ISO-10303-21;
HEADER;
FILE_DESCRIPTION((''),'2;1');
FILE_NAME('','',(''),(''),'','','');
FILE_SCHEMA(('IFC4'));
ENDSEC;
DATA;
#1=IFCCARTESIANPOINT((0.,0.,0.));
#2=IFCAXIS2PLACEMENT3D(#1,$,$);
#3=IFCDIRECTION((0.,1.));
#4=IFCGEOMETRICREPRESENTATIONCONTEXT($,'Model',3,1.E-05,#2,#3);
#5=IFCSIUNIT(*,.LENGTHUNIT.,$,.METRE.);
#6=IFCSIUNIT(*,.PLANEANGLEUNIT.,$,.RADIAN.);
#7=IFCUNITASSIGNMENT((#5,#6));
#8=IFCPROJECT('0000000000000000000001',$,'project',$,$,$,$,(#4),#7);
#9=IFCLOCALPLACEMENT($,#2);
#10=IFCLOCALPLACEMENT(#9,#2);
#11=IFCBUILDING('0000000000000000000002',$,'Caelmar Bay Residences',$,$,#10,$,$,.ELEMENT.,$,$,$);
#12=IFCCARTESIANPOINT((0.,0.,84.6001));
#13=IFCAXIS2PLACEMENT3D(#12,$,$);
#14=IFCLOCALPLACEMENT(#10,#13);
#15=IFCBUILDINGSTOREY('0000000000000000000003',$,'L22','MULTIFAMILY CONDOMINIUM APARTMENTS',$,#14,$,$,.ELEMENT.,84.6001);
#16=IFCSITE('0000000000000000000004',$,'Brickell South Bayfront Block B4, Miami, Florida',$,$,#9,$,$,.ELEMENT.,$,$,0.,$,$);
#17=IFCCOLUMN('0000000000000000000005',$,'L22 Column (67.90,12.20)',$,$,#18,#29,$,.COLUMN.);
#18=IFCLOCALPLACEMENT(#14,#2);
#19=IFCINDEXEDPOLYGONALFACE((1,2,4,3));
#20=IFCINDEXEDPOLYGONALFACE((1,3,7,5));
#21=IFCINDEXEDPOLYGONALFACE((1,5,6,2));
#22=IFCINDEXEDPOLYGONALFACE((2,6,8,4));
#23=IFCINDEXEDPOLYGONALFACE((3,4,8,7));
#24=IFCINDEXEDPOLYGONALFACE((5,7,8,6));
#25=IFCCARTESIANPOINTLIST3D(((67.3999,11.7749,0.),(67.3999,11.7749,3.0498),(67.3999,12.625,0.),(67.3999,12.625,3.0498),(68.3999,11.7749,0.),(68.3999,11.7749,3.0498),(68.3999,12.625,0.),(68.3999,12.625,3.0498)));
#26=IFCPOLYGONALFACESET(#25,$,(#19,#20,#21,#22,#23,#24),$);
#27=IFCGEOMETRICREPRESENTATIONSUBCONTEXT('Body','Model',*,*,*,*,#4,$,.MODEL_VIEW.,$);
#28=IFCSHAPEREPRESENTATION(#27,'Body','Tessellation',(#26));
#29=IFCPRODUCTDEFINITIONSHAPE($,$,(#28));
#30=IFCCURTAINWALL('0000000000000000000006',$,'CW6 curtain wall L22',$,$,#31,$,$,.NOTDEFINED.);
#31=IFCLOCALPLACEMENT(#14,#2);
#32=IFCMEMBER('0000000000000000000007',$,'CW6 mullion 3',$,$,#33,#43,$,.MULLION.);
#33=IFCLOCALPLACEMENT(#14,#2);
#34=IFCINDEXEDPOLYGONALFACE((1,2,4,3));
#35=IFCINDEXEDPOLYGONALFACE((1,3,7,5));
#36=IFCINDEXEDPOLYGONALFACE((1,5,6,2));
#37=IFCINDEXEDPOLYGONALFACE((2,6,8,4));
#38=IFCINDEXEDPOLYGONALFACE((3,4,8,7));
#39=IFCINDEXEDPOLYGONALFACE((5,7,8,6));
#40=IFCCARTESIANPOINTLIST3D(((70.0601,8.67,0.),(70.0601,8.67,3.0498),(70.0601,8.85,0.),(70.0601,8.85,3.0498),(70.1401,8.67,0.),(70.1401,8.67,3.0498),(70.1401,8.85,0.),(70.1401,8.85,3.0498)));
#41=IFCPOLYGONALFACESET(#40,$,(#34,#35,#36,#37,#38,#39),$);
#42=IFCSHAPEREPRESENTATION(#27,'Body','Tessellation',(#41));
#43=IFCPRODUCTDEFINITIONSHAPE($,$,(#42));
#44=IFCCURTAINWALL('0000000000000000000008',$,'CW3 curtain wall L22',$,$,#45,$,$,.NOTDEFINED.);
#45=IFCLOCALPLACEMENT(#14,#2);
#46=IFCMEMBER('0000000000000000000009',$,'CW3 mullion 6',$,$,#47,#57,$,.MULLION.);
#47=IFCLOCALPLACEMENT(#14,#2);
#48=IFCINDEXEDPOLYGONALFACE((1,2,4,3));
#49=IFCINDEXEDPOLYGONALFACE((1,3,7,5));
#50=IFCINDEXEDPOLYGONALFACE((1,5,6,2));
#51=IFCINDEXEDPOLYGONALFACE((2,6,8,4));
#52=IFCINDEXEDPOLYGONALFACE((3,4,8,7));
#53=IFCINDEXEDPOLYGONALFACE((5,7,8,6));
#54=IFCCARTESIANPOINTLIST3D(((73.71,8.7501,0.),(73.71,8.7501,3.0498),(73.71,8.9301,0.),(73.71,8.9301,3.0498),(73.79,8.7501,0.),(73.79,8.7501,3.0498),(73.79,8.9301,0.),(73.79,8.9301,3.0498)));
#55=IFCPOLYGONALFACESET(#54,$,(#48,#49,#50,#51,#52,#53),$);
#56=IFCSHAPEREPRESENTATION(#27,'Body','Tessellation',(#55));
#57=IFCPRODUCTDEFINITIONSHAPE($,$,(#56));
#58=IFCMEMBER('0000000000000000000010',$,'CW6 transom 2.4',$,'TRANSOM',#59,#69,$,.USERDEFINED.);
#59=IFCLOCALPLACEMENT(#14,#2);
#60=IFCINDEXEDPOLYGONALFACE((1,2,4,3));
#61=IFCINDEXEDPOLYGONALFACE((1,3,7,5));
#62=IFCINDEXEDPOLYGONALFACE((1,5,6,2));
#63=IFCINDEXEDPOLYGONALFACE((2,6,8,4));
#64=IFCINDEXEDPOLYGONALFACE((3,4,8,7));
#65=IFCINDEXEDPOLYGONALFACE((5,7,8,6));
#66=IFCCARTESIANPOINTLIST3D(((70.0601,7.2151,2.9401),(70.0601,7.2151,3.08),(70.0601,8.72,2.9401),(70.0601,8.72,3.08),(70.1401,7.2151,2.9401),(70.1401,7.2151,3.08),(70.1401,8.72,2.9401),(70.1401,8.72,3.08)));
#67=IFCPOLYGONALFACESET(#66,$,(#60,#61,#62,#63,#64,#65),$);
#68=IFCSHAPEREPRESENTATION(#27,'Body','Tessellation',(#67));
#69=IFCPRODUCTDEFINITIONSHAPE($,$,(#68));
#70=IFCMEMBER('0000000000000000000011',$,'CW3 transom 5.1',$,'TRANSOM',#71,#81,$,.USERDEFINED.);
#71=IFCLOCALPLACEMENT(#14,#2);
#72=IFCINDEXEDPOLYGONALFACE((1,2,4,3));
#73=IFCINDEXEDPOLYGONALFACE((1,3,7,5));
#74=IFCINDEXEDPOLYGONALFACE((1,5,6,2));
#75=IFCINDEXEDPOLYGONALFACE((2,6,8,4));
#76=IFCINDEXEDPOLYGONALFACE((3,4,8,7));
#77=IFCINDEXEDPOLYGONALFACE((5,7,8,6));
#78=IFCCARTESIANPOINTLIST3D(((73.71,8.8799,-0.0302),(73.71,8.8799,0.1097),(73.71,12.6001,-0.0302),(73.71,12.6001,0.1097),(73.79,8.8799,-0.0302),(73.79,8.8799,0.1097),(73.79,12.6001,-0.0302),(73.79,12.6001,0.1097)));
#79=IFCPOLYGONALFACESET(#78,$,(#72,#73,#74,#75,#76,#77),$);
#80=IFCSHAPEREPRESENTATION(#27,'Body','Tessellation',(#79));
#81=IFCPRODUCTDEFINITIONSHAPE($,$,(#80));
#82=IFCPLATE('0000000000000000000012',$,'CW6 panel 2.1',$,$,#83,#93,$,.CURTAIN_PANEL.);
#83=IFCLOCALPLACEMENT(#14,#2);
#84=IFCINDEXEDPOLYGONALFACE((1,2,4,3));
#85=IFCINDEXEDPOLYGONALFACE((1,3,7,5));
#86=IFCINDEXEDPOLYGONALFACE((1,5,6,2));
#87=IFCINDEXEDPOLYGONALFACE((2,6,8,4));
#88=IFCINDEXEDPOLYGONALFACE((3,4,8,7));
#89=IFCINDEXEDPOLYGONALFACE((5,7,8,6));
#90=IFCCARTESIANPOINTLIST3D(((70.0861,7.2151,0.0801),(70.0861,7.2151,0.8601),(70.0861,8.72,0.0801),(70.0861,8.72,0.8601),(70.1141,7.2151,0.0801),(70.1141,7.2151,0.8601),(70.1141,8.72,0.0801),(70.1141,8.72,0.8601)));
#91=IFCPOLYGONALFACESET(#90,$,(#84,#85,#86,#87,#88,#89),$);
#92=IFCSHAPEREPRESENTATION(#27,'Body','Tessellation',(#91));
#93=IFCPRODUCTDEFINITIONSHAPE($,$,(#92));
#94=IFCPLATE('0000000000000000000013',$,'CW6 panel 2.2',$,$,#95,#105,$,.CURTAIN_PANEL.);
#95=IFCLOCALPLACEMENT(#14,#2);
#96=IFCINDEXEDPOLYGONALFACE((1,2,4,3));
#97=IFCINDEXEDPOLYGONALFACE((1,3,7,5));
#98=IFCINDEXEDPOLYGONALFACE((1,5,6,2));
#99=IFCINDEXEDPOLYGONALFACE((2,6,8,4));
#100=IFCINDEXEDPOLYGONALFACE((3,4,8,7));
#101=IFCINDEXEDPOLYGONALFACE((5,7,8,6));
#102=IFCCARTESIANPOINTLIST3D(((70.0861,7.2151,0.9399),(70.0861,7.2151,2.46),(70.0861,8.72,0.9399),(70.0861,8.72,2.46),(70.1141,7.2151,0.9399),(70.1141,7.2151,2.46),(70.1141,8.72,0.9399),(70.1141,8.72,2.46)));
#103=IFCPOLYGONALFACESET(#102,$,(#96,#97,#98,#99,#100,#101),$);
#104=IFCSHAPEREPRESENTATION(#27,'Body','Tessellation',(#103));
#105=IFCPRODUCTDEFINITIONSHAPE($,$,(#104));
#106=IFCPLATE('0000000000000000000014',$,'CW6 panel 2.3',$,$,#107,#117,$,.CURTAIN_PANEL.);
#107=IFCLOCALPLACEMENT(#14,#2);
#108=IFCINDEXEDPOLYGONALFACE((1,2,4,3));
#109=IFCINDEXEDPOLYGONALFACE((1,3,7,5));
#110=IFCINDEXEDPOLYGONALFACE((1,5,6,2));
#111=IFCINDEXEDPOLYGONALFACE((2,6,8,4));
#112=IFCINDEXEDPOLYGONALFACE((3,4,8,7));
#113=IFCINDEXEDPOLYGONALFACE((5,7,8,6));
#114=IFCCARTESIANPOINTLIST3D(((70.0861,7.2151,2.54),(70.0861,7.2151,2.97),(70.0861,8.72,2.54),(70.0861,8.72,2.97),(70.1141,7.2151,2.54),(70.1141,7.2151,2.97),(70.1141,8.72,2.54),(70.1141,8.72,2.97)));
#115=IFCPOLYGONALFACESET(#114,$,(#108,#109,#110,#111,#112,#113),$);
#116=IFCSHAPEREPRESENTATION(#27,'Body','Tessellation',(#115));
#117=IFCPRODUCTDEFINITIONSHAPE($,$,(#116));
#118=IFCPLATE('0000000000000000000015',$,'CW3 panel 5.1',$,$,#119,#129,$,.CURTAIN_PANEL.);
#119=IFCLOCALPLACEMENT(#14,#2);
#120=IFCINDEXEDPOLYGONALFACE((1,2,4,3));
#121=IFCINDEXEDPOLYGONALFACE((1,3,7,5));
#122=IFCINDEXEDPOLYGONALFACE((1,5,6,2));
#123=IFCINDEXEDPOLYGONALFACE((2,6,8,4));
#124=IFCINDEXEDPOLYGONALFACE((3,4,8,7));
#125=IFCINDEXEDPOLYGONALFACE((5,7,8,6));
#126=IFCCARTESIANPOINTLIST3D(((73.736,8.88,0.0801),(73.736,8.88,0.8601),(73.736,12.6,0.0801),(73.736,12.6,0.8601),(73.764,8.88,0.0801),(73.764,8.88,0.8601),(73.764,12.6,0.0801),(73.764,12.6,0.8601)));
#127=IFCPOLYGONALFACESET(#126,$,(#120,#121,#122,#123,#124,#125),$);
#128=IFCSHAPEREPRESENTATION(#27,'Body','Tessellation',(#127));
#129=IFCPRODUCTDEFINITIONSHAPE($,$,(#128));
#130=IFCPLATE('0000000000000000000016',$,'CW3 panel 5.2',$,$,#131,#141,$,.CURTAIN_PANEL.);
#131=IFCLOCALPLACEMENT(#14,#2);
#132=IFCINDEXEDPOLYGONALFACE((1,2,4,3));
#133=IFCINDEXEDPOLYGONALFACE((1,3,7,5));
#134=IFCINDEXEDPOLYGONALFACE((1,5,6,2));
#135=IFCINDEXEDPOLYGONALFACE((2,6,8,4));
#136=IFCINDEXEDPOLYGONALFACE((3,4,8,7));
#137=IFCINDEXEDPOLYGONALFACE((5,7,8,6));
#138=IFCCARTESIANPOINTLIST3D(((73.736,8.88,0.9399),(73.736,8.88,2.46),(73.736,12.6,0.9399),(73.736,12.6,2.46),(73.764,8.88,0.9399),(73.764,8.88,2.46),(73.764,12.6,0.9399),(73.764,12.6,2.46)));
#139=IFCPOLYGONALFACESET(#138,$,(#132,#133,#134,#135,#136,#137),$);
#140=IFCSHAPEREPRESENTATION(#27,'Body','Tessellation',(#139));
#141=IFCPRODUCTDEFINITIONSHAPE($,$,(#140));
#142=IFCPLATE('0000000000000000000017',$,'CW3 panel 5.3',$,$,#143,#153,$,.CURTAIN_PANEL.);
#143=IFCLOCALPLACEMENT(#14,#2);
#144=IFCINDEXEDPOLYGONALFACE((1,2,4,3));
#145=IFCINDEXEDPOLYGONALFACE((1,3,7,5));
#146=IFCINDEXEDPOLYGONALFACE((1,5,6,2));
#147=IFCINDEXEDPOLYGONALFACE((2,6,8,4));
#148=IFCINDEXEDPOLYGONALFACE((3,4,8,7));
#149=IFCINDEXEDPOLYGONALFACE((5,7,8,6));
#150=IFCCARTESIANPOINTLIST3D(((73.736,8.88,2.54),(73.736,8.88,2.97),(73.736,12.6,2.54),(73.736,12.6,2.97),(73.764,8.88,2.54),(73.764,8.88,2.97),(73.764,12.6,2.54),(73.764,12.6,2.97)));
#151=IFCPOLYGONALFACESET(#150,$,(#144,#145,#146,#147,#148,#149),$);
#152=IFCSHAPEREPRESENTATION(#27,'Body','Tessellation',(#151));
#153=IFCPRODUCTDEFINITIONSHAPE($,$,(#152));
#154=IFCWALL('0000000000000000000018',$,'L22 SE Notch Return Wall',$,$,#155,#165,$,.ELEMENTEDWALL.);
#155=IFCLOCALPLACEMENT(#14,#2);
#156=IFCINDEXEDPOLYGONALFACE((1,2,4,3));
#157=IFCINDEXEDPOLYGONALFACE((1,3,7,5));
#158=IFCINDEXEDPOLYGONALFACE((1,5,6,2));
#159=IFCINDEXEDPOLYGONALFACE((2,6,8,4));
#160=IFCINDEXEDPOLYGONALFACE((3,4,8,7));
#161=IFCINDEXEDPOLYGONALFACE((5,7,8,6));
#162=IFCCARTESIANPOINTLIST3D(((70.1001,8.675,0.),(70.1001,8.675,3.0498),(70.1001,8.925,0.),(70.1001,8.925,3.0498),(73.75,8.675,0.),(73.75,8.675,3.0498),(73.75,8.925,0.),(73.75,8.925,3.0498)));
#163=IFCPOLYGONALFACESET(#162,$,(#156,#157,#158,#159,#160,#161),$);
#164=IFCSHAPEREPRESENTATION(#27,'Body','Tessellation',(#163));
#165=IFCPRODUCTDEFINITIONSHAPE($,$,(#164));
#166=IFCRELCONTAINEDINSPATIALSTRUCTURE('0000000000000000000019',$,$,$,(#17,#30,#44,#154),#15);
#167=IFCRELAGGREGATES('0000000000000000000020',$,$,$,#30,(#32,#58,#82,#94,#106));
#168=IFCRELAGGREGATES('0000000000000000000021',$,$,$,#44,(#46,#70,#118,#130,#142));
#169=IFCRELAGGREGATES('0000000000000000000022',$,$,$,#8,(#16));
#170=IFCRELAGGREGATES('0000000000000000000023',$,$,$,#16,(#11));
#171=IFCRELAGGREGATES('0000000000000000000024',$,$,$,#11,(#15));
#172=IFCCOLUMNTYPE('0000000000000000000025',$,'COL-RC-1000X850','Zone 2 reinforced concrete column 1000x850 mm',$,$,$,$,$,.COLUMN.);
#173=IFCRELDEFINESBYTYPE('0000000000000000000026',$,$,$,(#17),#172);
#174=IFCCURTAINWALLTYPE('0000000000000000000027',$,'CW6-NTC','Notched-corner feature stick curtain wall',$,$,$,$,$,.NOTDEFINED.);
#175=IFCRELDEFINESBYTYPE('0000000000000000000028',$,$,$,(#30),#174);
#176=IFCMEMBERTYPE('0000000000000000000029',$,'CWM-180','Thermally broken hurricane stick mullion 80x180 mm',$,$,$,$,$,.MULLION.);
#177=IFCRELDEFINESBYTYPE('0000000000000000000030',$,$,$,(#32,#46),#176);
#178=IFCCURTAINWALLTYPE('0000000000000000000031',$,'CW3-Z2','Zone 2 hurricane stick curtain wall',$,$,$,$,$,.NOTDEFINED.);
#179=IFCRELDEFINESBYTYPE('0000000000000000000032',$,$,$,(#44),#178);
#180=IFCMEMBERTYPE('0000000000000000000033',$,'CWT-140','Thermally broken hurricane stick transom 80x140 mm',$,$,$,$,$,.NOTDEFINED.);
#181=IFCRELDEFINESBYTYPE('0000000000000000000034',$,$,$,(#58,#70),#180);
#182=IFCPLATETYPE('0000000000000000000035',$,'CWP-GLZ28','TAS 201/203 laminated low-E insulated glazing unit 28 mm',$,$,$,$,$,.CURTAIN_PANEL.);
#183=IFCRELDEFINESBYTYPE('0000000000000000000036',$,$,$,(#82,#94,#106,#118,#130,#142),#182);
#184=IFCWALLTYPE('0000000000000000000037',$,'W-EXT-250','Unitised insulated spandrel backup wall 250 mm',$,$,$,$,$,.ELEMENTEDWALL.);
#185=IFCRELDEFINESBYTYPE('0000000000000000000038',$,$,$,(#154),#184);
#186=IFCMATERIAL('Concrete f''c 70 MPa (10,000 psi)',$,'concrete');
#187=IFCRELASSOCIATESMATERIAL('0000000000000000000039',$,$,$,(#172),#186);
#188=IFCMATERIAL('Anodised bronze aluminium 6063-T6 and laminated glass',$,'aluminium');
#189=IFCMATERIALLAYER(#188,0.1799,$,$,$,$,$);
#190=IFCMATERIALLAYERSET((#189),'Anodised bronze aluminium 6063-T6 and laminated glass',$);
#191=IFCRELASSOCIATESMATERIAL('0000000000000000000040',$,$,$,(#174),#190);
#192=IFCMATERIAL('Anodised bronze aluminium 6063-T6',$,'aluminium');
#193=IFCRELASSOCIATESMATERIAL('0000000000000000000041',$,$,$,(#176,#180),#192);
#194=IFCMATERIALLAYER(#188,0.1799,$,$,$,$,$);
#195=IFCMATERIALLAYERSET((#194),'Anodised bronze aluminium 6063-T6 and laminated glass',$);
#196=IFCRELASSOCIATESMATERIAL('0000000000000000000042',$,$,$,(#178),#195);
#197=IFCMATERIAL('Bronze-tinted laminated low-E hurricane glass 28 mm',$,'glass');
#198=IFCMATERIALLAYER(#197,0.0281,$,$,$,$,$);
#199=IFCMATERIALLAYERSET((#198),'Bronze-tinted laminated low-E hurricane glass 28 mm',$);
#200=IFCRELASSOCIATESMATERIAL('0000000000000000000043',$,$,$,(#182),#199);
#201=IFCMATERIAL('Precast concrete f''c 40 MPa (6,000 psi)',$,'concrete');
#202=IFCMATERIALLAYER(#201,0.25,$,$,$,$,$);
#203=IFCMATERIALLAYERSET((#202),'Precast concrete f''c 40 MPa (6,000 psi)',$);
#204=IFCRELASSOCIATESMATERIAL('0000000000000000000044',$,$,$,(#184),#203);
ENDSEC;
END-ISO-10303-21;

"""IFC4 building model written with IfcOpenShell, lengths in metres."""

from ifc_helpers import new_model, si_unit, direction, frame, frame_2d, origin, origin_2d, place, context, subcontext, project, spatial, rectangle, extrude, material, layer, layer_set, material_profile, profile_set, type_object, element, aggregate, save


model = new_model("IFC4")

# Units and contexts
model_context = context("Model", 3, precision=1e-05, world=origin(), true_north=direction((0.0, 1.0)))
body_context = subcontext(model_context, "Body", "Model", "MODEL_VIEW")
ifc_project = project(units=[si_unit("LENGTHUNIT", "METRE"), si_unit("PLANEANGLEUNIT", "RADIAN")], contexts=[model_context])

# Site, building, storey
site_placement = place(None, origin())
site = spatial("IfcSite", under=ifc_project, at=site_placement, Name="Brickell South Bayfront Block B4, Miami, Florida", CompositionType="ELEMENT", RefElevation=0.0)
building_placement = place(site_placement, origin())
building = spatial("IfcBuilding", under=site, at=building_placement, Name="Caelmar Bay Residences", CompositionType="ELEMENT")
storey_placement = place(building_placement, frame((0.0, 0.0, 84.6001)))
storey = spatial("IfcBuildingStorey", under=building, at=storey_placement, Name="L22", Description="MULTIFAMILY CONDOMINIUM APARTMENTS", CompositionType="ELEMENT", Elevation=84.6001)

# Column
ifc_material_1 = material(Name="Concrete f'c 70 MPa (10,000 psi)", Category="concrete")
ifc_material_profile_1 = material_profile(ifc_material_1, rectangle(XDim=1.0, YDim=0.8501, at=origin_2d()), Name="RC-COL-1000X850")
ifc_profile_set_1 = profile_set([ifc_material_profile_1], Name="Concrete f'c 70 MPa (10,000 psi)")
column_type = type_object("IfcColumnType", Name="COL-RC-1000X850", Description="Zone 2 reinforced concrete column 1000x850 mm", PredefinedType="COLUMN", material=ifc_profile_set_1)
column_placement = place(storey_placement, frame((67.8999, 12.2, 0.0), z_axis=(0.0, 0.0, 1.0), x_axis=(1.0, 0.0, 0.0)))
element("IfcColumn", 1, at=column_placement, inside=storey, type_object=column_type, Name="L22 Column (67.90,12.20)", PredefinedType="COLUMN", context=body_context, shape_type="SweptSolid", body=[
    extrude(rectangle(XDim=1.0, YDim=0.8501, at=origin_2d()), origin(), (0.0, 0.0, 1.0), 3.0498),
])

# Curtain walls, members
ifc_material_2 = material(Name="Anodised bronze aluminium 6063-T6 and laminated glass", Category="aluminium")
ifc_layer_1 = layer(ifc_material_2, 0.1799)
ifc_layer_set_1 = layer_set([ifc_layer_1], Name="Anodised bronze aluminium 6063-T6 and laminated glass")
curtain_wall_type_1 = type_object("IfcCurtainWallType", Name="CW6-NTC", Description="Notched-corner feature stick curtain wall", PredefinedType="NOTDEFINED", material=ifc_layer_set_1)
curtain_wall_1_placement = place(storey_placement, origin())
curtain_wall_1 = element("IfcCurtainWall", 2, at=curtain_wall_1_placement, inside=storey, type_object=curtain_wall_type_1, Name="CW6 curtain wall L22", PredefinedType="NOTDEFINED")
ifc_material_3 = material(Name="Anodised bronze aluminium 6063-T6", Category="aluminium")
ifc_material_profile_2 = material_profile(ifc_material_3, rectangle(XDim=0.0801, YDim=0.1799, at=origin_2d()), Name="CWM-80X180")
ifc_profile_set_2 = profile_set([ifc_material_profile_2], Name="Anodised bronze aluminium 6063-T6")
member_type_1 = type_object("IfcMemberType", Name="CWM-180", Description="Thermally broken hurricane stick mullion 80x180 mm", PredefinedType="MULLION", material=ifc_profile_set_2)
member_1_placement = place(storey_placement, frame((70.1001, 8.76, 0.0), z_axis=(0.0, 0.0, 1.0), x_axis=(-1.0, 0.0, 0.0)))
member_1 = element("IfcMember", 3, at=member_1_placement, type_object=member_type_1, Name="CW6 mullion 3", PredefinedType="MULLION", context=body_context, shape_type="SweptSolid", body=[
    extrude(rectangle(XDim=0.0801, YDim=0.1799, at=origin_2d()), origin(), (0.0, 0.0, 1.0), 3.0498),
])
ifc_layer_2 = layer(ifc_material_2, 0.1799)
ifc_layer_set_2 = layer_set([ifc_layer_2], Name="Anodised bronze aluminium 6063-T6 and laminated glass")
curtain_wall_type_2 = type_object("IfcCurtainWallType", Name="CW3-Z2", Description="Zone 2 hurricane stick curtain wall", PredefinedType="NOTDEFINED", material=ifc_layer_set_2)
curtain_wall_2_placement = place(storey_placement, origin())
curtain_wall_2 = element("IfcCurtainWall", 4, at=curtain_wall_2_placement, inside=storey, type_object=curtain_wall_type_2, Name="CW3 curtain wall L22", PredefinedType="NOTDEFINED")
member_2_placement = place(storey_placement, frame((73.75, 8.8401, 0.0), z_axis=(0.0, 0.0, 1.0), x_axis=(1.0, 0.0, 0.0)))
member_2 = element("IfcMember", 5, at=member_2_placement, type_object=member_type_1, Name="CW3 mullion 6", PredefinedType="MULLION", context=body_context, shape_type="SweptSolid", body=[
    extrude(rectangle(XDim=0.0801, YDim=0.1799, at=origin_2d()), origin(), (0.0, 0.0, 1.0), 3.0498),
])

# Members
ifc_material_profile_3 = material_profile(ifc_material_3, rectangle(XDim=0.0801, YDim=0.1399, at=origin_2d()), Name="CWT-80X140")
ifc_profile_set_3 = profile_set([ifc_material_profile_3], Name="Anodised bronze aluminium 6063-T6")
member_type_2 = type_object("IfcMemberType", Name="CWT-140", Description="Thermally broken hurricane stick transom 80x140 mm", PredefinedType="NOTDEFINED", material=ifc_profile_set_3)
member_3_placement = place(storey_placement, frame((70.1001, 7.2151, 3.01), z_axis=(0.0, 1.0, 0.0), x_axis=(-1.0, 0.0, 0.0)))
member_3 = element("IfcMember", 6, at=member_3_placement, type_object=member_type_2, Name="CW6 transom 2.4", ObjectType="TRANSOM", PredefinedType="USERDEFINED", context=body_context, shape_type="SweptSolid", body=[
    extrude(rectangle(XDim=0.0801, YDim=0.1399, at=origin_2d()), origin(), (0.0, 0.0, 1.0), 1.5049),
])
member_4_placement = place(storey_placement, frame((73.75, 12.6001, 0.0398), z_axis=(0.0, -1.0, 0.0), x_axis=(1.0, 0.0, 0.0)))
member_4 = element("IfcMember", 7, at=member_4_placement, type_object=member_type_2, Name="CW3 transom 5.1", ObjectType="TRANSOM", PredefinedType="USERDEFINED", context=body_context, shape_type="SweptSolid", body=[
    extrude(rectangle(XDim=0.0801, YDim=0.1399, at=origin_2d()), origin(), (0.0, 0.0, 1.0), 3.7202),
])

# Plates
ifc_material_4 = material(Name="Bronze-tinted laminated low-E hurricane glass 28 mm", Category="glass")
ifc_layer_3 = layer(ifc_material_4, 0.0281)
ifc_layer_set_3 = layer_set([ifc_layer_3], Name="Bronze-tinted laminated low-E hurricane glass 28 mm")
plate_type = type_object("IfcPlateType", Name="CWP-GLZ28", Description="TAS 201/203 laminated low-E insulated glazing unit 28 mm", PredefinedType="CURTAIN_PANEL", material=ifc_layer_set_3)
plate_1_placement = place(storey_placement, frame((70.1001, 7.9675, 0.0801), z_axis=(0.0, 0.0, 1.0), x_axis=(0.0, 1.0, 0.0)))
plate_1 = element("IfcPlate", 8, at=plate_1_placement, type_object=plate_type, Name="CW6 panel 2.1", PredefinedType="CURTAIN_PANEL", context=body_context, shape_type="SweptSolid", body=[
    extrude(rectangle(XDim=1.5049, YDim=0.0281, at=origin_2d()), origin(), (0.0, 0.0, 1.0), 0.78),
])
plate_2_placement = place(storey_placement, frame((70.1001, 7.9675, 0.9399), z_axis=(0.0, 0.0, 1.0), x_axis=(0.0, 1.0, 0.0)))
plate_2 = element("IfcPlate", 9, at=plate_2_placement, type_object=plate_type, Name="CW6 panel 2.2", PredefinedType="CURTAIN_PANEL", context=body_context, shape_type="SweptSolid", body=[
    extrude(rectangle(XDim=1.5049, YDim=0.0281, at=origin_2d()), origin(), (0.0, 0.0, 1.0), 1.52),
])
plate_3_placement = place(storey_placement, frame((70.1001, 7.9675, 2.54), z_axis=(0.0, 0.0, 1.0), x_axis=(0.0, 1.0, 0.0)))
plate_3 = element("IfcPlate", 10, at=plate_3_placement, type_object=plate_type, Name="CW6 panel 2.3", PredefinedType="CURTAIN_PANEL", context=body_context, shape_type="SweptSolid", body=[
    extrude(rectangle(XDim=1.5049, YDim=0.0281, at=origin_2d()), origin(), (0.0, 0.0, 1.0), 0.4299),
])
aggregate(curtain_wall_1, [member_1, member_3, plate_1, plate_2, plate_3])
plate_4_placement = place(storey_placement, frame((73.75, 10.74, 0.0801), z_axis=(0.0, 0.0, 1.0), x_axis=(0.0, -1.0, 0.0)))
plate_4 = element("IfcPlate", 11, at=plate_4_placement, type_object=plate_type, Name="CW3 panel 5.1", PredefinedType="CURTAIN_PANEL", context=body_context, shape_type="SweptSolid", body=[
    extrude(rectangle(XDim=3.72, YDim=0.0281, at=origin_2d()), origin(), (0.0, 0.0, 1.0), 0.78),
])
plate_5_placement = place(storey_placement, frame((73.75, 10.74, 0.9399), z_axis=(0.0, 0.0, 1.0), x_axis=(0.0, -1.0, 0.0)))
plate_5 = element("IfcPlate", 12, at=plate_5_placement, type_object=plate_type, Name="CW3 panel 5.2", PredefinedType="CURTAIN_PANEL", context=body_context, shape_type="SweptSolid", body=[
    extrude(rectangle(XDim=3.72, YDim=0.0281, at=origin_2d()), origin(), (0.0, 0.0, 1.0), 1.52),
])
plate_6_placement = place(storey_placement, frame((73.75, 10.74, 2.54), z_axis=(0.0, 0.0, 1.0), x_axis=(0.0, -1.0, 0.0)))
plate_6 = element("IfcPlate", 13, at=plate_6_placement, type_object=plate_type, Name="CW3 panel 5.3", PredefinedType="CURTAIN_PANEL", context=body_context, shape_type="SweptSolid", body=[
    extrude(rectangle(XDim=3.72, YDim=0.0281, at=origin_2d()), origin(), (0.0, 0.0, 1.0), 0.4299),
])
aggregate(curtain_wall_2, [member_2, member_4, plate_4, plate_5, plate_6])

# Wall
ifc_material_5 = material(Name="Precast concrete f'c 40 MPa (6,000 psi)", Category="concrete")
ifc_layer_4 = layer(ifc_material_5, 0.25)
ifc_layer_set_4 = layer_set([ifc_layer_4], Name="Precast concrete f'c 40 MPa (6,000 psi)")
wall_type_1 = type_object("IfcWallType", Name="W-EXT-250", Description="Unitised insulated spandrel backup wall 250 mm", PredefinedType="ELEMENTEDWALL", material=ifc_layer_set_4)
wall_1_placement = place(storey_placement, frame((70.1001, 8.8, 0.0), z_axis=(0.0, 0.0, 1.0), x_axis=(1.0, 0.0, 0.0)))
element("IfcWall", 14, at=wall_1_placement, inside=storey, type_object=wall_type_1, Name="L22 SE Notch Return Wall", PredefinedType="ELEMENTEDWALL", context=body_context, shape_type="SweptSolid", body=[
    extrude(rectangle(XDim=3.6499, YDim=0.25, at=frame_2d((1.825, 0.0))), origin(), (0.0, 0.0, 1.0), 3.0498),
])

save(model, "model.ifc")
